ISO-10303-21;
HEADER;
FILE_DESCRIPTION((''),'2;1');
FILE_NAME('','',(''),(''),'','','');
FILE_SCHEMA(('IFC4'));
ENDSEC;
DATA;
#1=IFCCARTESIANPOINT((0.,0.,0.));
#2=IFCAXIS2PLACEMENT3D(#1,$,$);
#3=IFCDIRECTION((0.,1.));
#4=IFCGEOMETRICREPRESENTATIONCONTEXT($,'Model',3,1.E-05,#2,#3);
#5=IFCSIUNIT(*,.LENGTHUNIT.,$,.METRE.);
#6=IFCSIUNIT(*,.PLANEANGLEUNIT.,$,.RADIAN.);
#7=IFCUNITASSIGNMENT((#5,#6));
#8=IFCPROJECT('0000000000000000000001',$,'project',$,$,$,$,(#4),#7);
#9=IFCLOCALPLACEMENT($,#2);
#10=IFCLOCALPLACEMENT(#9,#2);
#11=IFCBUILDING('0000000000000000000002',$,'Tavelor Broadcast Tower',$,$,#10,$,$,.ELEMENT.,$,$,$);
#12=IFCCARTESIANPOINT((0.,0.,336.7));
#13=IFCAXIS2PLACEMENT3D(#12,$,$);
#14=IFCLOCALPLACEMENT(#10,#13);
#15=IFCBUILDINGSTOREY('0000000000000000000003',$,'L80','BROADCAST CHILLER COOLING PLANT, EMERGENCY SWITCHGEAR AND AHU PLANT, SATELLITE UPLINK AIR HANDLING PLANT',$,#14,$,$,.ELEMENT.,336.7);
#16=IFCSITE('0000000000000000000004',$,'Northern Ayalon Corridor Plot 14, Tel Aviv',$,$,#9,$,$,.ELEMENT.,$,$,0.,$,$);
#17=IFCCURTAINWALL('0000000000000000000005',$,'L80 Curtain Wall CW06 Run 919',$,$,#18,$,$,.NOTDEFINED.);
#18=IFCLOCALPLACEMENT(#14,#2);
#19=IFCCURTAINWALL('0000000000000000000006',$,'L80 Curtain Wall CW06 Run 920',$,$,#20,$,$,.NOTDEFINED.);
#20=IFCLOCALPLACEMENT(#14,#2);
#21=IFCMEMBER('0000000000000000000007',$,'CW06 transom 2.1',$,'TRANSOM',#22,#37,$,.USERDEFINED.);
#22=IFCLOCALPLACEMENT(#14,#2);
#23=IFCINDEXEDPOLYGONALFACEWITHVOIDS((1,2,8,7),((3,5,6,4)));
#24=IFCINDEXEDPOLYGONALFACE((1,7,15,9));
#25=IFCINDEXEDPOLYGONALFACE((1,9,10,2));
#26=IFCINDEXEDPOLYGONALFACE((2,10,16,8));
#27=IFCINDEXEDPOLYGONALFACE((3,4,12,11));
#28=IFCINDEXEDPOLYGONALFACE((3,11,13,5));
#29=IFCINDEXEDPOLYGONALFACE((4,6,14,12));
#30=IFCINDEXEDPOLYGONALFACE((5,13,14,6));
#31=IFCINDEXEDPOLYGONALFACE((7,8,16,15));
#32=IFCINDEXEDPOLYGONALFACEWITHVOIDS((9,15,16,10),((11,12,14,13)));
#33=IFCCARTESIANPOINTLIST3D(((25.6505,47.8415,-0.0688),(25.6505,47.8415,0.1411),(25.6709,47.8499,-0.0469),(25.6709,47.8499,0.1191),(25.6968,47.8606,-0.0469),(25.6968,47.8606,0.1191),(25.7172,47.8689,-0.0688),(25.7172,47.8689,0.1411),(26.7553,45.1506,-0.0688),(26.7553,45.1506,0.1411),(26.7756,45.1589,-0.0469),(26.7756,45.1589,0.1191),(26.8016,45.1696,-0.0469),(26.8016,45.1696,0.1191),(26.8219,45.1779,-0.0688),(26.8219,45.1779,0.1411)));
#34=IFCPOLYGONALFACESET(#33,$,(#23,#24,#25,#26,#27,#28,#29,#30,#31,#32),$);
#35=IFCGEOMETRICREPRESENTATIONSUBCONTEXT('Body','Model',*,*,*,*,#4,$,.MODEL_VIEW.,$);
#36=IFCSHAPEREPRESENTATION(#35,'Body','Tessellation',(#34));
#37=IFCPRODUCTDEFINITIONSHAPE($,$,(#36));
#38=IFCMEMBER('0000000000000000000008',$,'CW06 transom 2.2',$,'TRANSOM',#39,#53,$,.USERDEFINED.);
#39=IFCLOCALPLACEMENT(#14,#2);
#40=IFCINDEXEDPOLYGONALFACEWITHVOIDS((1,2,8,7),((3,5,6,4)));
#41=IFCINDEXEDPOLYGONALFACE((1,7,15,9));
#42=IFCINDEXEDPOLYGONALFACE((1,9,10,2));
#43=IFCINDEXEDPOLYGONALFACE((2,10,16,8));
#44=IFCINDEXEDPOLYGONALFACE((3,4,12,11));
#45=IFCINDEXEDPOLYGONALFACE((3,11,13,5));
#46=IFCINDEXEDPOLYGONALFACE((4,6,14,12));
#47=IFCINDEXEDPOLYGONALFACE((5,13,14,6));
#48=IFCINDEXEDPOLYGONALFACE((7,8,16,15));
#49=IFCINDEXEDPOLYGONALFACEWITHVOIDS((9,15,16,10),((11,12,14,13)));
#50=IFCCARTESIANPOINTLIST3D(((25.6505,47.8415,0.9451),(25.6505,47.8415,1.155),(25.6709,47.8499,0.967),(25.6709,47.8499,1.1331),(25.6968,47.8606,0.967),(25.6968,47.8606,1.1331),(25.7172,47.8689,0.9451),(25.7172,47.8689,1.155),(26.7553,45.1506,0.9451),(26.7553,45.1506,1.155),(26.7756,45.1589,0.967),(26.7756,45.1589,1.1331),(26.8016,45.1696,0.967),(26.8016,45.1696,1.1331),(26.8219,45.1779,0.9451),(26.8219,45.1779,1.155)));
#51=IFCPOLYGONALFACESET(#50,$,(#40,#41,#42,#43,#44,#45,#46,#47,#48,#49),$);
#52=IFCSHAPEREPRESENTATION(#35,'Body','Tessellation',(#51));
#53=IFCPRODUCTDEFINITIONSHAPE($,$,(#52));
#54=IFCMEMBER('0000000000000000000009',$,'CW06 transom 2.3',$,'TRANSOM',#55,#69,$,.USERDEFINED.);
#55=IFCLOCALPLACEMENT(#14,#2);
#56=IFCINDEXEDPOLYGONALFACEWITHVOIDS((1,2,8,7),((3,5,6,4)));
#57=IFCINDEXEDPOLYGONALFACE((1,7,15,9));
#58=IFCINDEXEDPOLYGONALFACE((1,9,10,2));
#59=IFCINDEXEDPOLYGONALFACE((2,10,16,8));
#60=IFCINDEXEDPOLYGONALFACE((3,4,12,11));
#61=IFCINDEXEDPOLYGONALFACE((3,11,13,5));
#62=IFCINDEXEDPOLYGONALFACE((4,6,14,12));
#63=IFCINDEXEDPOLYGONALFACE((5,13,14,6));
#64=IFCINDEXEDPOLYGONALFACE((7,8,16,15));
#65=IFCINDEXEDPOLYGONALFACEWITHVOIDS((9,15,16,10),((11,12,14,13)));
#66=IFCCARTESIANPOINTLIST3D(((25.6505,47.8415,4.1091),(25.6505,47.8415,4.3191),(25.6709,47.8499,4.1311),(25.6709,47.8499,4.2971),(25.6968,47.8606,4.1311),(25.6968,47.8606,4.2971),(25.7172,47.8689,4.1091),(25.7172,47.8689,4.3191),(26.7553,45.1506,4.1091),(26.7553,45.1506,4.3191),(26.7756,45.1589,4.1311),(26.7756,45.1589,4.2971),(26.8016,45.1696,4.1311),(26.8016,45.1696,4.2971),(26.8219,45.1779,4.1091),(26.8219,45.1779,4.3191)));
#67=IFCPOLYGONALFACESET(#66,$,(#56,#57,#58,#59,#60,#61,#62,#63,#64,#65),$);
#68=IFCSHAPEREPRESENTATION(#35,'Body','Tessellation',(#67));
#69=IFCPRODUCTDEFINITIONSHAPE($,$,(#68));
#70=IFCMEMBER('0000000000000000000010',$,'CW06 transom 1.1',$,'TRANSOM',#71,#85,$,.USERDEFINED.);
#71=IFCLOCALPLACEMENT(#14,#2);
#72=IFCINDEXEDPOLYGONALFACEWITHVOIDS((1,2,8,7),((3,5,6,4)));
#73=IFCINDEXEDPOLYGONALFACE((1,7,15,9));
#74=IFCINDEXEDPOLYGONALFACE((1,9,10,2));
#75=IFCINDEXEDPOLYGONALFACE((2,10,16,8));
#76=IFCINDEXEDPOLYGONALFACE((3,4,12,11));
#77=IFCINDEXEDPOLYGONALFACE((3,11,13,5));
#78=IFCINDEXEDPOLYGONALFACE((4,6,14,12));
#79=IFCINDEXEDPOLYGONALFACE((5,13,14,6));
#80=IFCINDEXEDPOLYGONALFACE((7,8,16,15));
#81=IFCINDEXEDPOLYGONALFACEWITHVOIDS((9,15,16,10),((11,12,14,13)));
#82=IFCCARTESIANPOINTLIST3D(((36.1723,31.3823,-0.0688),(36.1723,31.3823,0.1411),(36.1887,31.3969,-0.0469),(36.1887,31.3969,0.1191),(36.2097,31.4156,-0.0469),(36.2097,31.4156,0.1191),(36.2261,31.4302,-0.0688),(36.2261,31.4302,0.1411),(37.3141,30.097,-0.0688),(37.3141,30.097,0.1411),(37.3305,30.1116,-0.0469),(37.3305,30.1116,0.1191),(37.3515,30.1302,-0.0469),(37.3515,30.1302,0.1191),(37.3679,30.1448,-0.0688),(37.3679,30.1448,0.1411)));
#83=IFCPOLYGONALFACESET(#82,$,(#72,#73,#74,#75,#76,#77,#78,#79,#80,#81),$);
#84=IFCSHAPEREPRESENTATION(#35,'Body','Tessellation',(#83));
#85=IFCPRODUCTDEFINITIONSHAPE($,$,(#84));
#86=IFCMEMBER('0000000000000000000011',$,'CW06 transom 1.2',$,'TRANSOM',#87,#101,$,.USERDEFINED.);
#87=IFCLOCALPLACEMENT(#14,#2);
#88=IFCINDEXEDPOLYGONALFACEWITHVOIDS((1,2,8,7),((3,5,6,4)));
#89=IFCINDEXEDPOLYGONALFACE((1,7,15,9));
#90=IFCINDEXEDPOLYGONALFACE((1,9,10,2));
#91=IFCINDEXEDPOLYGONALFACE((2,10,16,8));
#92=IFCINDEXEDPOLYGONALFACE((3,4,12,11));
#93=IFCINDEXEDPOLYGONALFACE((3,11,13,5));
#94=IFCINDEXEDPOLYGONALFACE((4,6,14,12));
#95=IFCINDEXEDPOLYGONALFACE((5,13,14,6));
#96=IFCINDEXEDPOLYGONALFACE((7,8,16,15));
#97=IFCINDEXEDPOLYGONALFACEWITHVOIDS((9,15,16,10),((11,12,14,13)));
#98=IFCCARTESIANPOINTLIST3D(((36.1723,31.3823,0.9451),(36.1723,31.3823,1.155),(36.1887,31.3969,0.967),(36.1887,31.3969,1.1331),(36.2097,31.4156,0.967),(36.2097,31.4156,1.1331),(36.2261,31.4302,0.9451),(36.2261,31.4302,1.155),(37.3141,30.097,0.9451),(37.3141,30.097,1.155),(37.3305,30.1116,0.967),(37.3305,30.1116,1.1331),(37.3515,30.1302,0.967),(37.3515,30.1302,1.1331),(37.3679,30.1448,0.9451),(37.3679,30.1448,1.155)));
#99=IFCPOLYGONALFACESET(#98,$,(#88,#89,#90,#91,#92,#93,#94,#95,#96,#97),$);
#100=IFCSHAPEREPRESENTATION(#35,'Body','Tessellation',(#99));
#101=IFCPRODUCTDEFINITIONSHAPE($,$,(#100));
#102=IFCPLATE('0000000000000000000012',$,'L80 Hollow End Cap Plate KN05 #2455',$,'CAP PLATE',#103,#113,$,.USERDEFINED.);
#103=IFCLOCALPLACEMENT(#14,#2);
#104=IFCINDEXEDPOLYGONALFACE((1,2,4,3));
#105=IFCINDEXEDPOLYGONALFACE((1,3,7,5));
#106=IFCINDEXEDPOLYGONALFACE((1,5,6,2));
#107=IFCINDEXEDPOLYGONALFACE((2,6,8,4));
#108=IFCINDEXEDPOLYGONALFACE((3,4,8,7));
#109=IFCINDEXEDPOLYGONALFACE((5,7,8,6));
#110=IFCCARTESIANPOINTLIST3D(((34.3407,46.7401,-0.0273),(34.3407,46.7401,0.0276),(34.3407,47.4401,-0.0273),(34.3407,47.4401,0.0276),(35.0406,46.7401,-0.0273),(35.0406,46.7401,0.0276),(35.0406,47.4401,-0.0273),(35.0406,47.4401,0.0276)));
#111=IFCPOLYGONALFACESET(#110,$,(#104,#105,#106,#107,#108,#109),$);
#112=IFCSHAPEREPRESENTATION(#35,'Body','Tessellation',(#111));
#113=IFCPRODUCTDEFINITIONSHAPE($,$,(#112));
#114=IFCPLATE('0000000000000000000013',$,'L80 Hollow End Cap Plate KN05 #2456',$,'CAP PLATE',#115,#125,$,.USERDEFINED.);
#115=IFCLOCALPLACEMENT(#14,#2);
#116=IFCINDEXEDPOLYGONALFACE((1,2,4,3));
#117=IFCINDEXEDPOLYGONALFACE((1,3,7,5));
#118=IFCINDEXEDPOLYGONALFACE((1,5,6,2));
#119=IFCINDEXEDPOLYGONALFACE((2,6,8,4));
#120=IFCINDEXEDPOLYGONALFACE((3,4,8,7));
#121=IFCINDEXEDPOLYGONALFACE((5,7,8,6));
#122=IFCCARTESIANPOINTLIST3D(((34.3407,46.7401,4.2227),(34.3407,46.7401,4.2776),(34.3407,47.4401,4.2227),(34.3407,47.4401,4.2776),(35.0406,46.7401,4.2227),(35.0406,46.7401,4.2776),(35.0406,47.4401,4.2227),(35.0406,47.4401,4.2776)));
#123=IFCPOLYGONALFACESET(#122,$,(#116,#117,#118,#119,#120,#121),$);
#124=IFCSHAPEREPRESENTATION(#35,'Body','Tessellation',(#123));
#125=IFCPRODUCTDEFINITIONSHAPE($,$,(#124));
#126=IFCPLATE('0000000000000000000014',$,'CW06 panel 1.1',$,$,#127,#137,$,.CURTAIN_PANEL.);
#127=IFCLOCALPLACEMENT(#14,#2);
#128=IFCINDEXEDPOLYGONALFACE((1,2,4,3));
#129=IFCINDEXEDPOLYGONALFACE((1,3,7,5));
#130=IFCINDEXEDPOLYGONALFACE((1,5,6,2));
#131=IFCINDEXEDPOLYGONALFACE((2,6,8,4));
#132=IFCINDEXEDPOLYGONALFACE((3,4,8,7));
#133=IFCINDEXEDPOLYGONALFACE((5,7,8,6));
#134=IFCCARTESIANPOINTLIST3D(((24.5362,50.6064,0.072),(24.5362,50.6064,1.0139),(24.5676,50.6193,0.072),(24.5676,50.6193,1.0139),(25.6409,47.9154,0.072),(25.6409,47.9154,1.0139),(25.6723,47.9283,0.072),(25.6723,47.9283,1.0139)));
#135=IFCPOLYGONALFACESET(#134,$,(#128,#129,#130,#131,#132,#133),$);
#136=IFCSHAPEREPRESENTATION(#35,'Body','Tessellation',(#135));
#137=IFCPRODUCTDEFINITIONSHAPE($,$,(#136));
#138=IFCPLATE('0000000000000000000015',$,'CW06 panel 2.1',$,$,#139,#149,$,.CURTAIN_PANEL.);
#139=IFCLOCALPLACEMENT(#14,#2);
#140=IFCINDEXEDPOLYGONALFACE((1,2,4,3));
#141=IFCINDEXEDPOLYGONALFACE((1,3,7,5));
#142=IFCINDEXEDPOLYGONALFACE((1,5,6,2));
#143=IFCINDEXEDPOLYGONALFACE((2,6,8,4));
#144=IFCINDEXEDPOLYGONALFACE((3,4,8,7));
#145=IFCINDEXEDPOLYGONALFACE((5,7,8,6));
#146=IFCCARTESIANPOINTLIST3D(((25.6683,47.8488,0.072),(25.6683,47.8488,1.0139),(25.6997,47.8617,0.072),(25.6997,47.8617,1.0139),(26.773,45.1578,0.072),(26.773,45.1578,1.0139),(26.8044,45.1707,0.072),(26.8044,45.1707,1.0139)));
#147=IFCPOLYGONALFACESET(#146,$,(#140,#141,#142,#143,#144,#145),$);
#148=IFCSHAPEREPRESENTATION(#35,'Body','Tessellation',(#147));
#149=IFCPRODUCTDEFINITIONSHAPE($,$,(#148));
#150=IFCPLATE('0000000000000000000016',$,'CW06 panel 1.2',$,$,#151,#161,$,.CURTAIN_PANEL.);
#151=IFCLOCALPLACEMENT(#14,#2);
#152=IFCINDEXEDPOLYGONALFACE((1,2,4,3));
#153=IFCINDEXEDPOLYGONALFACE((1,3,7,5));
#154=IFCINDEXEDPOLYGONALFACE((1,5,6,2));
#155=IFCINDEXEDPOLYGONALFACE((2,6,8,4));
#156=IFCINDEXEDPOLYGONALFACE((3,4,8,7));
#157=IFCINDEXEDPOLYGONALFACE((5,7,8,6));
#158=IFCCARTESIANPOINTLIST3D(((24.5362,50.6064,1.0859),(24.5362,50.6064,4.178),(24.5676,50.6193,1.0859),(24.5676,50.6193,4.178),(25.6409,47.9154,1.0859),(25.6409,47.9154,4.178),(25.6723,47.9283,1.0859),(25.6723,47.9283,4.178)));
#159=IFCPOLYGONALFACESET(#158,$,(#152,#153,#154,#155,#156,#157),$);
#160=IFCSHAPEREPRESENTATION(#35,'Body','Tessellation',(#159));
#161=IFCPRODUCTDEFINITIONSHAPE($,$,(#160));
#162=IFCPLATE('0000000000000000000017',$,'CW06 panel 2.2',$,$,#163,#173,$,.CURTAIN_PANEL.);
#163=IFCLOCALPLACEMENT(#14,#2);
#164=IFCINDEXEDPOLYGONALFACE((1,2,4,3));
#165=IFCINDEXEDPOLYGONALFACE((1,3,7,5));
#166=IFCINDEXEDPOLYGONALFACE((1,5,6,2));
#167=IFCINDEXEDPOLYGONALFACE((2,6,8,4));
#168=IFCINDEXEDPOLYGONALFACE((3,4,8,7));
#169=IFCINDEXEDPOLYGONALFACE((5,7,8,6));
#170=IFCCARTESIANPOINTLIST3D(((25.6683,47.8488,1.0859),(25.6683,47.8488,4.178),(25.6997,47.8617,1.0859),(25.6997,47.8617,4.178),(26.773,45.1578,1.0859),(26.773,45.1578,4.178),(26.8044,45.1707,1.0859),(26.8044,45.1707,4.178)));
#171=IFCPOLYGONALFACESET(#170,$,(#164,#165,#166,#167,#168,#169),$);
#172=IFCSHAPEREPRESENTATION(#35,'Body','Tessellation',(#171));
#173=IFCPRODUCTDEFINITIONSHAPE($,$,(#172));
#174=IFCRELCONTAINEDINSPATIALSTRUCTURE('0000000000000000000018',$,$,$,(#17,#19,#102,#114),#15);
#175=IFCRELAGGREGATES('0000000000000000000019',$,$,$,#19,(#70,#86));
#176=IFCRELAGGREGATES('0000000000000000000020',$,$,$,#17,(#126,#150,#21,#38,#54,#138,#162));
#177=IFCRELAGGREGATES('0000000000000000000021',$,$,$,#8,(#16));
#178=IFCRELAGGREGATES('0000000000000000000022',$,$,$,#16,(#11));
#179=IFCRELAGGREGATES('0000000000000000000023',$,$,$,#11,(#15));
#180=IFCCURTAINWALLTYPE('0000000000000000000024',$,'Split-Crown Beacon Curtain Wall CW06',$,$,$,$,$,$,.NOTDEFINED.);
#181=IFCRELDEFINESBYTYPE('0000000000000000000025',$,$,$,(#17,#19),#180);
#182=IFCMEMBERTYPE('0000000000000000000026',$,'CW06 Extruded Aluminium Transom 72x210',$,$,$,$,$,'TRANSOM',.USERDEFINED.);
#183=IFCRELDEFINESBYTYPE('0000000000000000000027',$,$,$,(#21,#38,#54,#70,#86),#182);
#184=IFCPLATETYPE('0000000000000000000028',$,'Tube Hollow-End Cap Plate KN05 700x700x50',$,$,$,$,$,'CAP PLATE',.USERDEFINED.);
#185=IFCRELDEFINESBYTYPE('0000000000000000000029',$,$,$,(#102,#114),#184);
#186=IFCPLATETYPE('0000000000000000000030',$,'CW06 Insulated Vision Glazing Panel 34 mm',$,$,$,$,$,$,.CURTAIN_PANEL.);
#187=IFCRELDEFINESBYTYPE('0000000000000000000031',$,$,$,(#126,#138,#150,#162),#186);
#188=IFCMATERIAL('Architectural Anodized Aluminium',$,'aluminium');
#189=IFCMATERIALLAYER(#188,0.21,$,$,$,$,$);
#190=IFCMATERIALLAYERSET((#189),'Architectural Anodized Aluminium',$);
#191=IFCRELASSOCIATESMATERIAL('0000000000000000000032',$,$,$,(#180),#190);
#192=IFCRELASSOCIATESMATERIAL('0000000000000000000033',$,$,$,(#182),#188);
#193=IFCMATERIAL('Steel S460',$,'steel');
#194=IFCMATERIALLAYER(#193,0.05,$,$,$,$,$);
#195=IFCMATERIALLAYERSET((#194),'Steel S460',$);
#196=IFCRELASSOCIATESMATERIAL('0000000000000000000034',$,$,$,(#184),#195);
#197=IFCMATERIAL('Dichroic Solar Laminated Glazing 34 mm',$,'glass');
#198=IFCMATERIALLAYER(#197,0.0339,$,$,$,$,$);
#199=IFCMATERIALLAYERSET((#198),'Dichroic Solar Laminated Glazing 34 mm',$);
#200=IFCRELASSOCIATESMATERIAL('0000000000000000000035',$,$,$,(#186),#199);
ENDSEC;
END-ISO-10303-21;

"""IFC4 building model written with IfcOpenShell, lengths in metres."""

from ifc_helpers import new_model, si_unit, direction, frame, origin, origin_2d, place, context, subcontext, project, spatial, rectangle, hollow_rectangle, extrude, source, transform, mapped, material, layer, layer_set, material_profile, profile_set, type_object, type_shapes, element, aggregate, save


model = new_model("IFC4")

# Units and contexts
model_context = context("Model", 3, precision=1e-05, world=origin(), true_north=direction((0.0, 1.0)))
body_context = subcontext(model_context, "Body", "Model", "MODEL_VIEW")
ifc_project = project(units=[si_unit("LENGTHUNIT", "METRE"), si_unit("PLANEANGLEUNIT", "RADIAN")], contexts=[model_context])

# Site, building, storey
site_placement = place(None, origin())
site = spatial("IfcSite", under=ifc_project, at=site_placement, Name="Northern Ayalon Corridor Plot 14, Tel Aviv", CompositionType="ELEMENT", RefElevation=0.0)
building_placement = place(site_placement, origin())
building = spatial("IfcBuilding", under=site, at=building_placement, Name="Tavelor Broadcast Tower", CompositionType="ELEMENT")
storey_placement = place(building_placement, frame((0.0, 0.0, 336.7)))
storey = spatial("IfcBuildingStorey", under=building, at=storey_placement, Name="L80", Description="BROADCAST CHILLER COOLING PLANT, EMERGENCY SWITCHGEAR AND AHU PLANT, SATELLITE UPLINK AIR HANDLING PLANT", CompositionType="ELEMENT", Elevation=336.7)

# Shared definitions
ifc_material_1 = material(Name="Architectural Anodized Aluminium", Category="aluminium")
ifc_layer_1 = layer(ifc_material_1, 0.21)
ifc_layer_set_1 = layer_set([ifc_layer_1], Name="Architectural Anodized Aluminium")
curtain_wall_type = type_object("IfcCurtainWallType", Name="Split-Crown Beacon Curtain Wall CW06", PredefinedType="NOTDEFINED", material=ifc_layer_set_1)

# Curtain wall
curtain_wall_1_placement = place(storey_placement, origin())
curtain_wall_1 = element("IfcCurtainWall", 1, at=curtain_wall_1_placement, inside=storey, type_object=curtain_wall_type, Name="L80 Curtain Wall CW06 Run 919", PredefinedType="NOTDEFINED")

# Curtain wall
curtain_wall_2_placement = place(storey_placement, origin())
curtain_wall_2 = element("IfcCurtainWall", 2, at=curtain_wall_2_placement, inside=storey, type_object=curtain_wall_type, Name="L80 Curtain Wall CW06 Run 920", PredefinedType="NOTDEFINED")

# Members
ifc_material_profile_1 = material_profile(ifc_material_1, hollow_rectangle(XDim=0.072, YDim=0.21, WallThickness=0.022, at=origin_2d()), Name="RHS 72x210x22")
ifc_profile_set_1 = profile_set([ifc_material_profile_1], Name="Architectural Anodized Aluminium")
member_type_1 = type_object("IfcMemberType", Name="CW06 Extruded Aluminium Transom 72x210", ElementType="TRANSOM", PredefinedType="USERDEFINED", material=ifc_profile_set_1)
shared_shape_1 = source(origin(), body_context, "Body", "SweptSolid", [
    extrude(hollow_rectangle(XDim=0.072, YDim=0.21, WallThickness=0.022, at=origin_2d()), origin(), (0.0, 0.0, 1.0), 2.9089),
])
member_1_placement = place(storey_placement, frame((25.6838, 47.8552, 0.0361), z_axis=(0.379783, -0.925076, 0.0), x_axis=(0.925076, 0.379783, 0.0)))
member_1 = element("IfcMember", 3, at=member_1_placement, type_object=member_type_1, Name="CW06 transom 2.1", ObjectType="TRANSOM", PredefinedType="USERDEFINED", context=body_context, shape_type="MappedRepresentation", body=[
    mapped(shared_shape_1, transform((0.0, 0.0, 0.0), scale=1.0)),
])
member_2_placement = place(storey_placement, frame((25.6838, 47.8552, 1.05), z_axis=(0.379783, -0.925076, 0.0), x_axis=(0.925076, 0.379783, 0.0)))
member_2 = element("IfcMember", 4, at=member_2_placement, type_object=member_type_1, Name="CW06 transom 2.2", ObjectType="TRANSOM", PredefinedType="USERDEFINED", context=body_context, shape_type="MappedRepresentation", body=[
    mapped(shared_shape_1, transform((0.0, 0.0, 0.0), scale=1.0)),
])
member_3_placement = place(storey_placement, frame((25.6838, 47.8552, 4.2141), z_axis=(0.379783, -0.925076, 0.0), x_axis=(0.925076, 0.379783, 0.0)))
member_3 = element("IfcMember", 5, at=member_3_placement, type_object=member_type_1, Name="CW06 transom 2.3", ObjectType="TRANSOM", PredefinedType="USERDEFINED", context=body_context, shape_type="MappedRepresentation", body=[
    mapped(shared_shape_1, transform((0.0, 0.0, 0.0), scale=1.0)),
])
shared_shape_2 = source(origin(), body_context, "Body", "SweptSolid", [
    extrude(hollow_rectangle(XDim=0.072, YDim=0.21, WallThickness=0.022, at=origin_2d()), origin(), (0.0, 0.0, 1.0), 1.7192),
])
type_shapes(member_type_1, [shared_shape_1, shared_shape_2])
member_4_placement = place(storey_placement, frame((36.1992, 31.4062, 0.0361), z_axis=(0.664126, -0.747621, 0.0), x_axis=(0.747621, 0.664126, 0.0)))
member_4 = element("IfcMember", 6, at=member_4_placement, type_object=member_type_1, Name="CW06 transom 1.1", ObjectType="TRANSOM", PredefinedType="USERDEFINED", context=body_context, shape_type="MappedRepresentation", body=[
    mapped(shared_shape_2, transform((0.0, 0.0, 0.0), scale=1.0)),
])
member_5_placement = place(storey_placement, frame((36.1992, 31.4062, 1.05), z_axis=(0.664126, -0.747621, 0.0), x_axis=(0.747621, 0.664126, 0.0)))
member_5 = element("IfcMember", 7, at=member_5_placement, type_object=member_type_1, Name="CW06 transom 1.2", ObjectType="TRANSOM", PredefinedType="USERDEFINED", context=body_context, shape_type="MappedRepresentation", body=[
    mapped(shared_shape_2, transform((0.0, 0.0, 0.0), scale=1.0)),
])
aggregate(curtain_wall_2, [member_4, member_5])

# Plates
ifc_material_2 = material(Name="Steel S460", Category="steel")
ifc_layer_2 = layer(ifc_material_2, 0.05)
ifc_layer_set_2 = layer_set([ifc_layer_2], Name="Steel S460")
plate_type_1 = type_object("IfcPlateType", Name="Tube Hollow-End Cap Plate KN05 700x700x50", ElementType="CAP PLATE", PredefinedType="USERDEFINED", material=ifc_layer_set_2)
shared_shape_3 = source(origin(), body_context, "Body", "SweptSolid", [
    extrude(rectangle(XDim=0.7, YDim=0.7, at=origin_2d()), origin(), (0.0, 0.0, 1.0), 0.0549),
])
type_shapes(plate_type_1, [shared_shape_3])
for number, where, z_axis, x_axis, name in (
    (8, (34.6907, 47.0901, -0.0273), (0.0, 0.0, 1.0), (1.0, 0.0, 0.0), "L80 Hollow End Cap Plate KN05 #2455"),
    (9, (34.6907, 47.0901, 4.2227), (0.0, 0.0, 1.0), (1.0, 0.0, 0.0), "L80 Hollow End Cap Plate KN05 #2456"),
):
    element("IfcPlate", number, at=place(storey_placement, frame(where, z_axis=z_axis, x_axis=x_axis)), inside=storey, type_object=plate_type_1, Name=name, ObjectType="CAP PLATE", PredefinedType="USERDEFINED", context=body_context, shape_type="MappedRepresentation", body=[
        mapped(shared_shape_3, transform((0.0, 0.0, 0.0), scale=1.0)),
    ])

# Plates
ifc_material_3 = material(Name="Dichroic Solar Laminated Glazing 34 mm", Category="glass")
ifc_layer_3 = layer(ifc_material_3, 0.0339)
ifc_layer_set_3 = layer_set([ifc_layer_3], Name="Dichroic Solar Laminated Glazing 34 mm")
plate_type_2 = type_object("IfcPlateType", Name="CW06 Insulated Vision Glazing Panel 34 mm", PredefinedType="CURTAIN_PANEL", material=ifc_layer_set_3)
shared_shape_4 = source(origin(), body_context, "Body", "SweptSolid", [
    extrude(rectangle(XDim=2.9089, YDim=0.0339, at=origin_2d()), origin(), (0.0, 0.0, 1.0), 0.9419),
])
plate_1_placement = place(storey_placement, frame((25.1042, 49.2673, 0.072), z_axis=(0.0, 0.0, 1.0), x_axis=(0.379768, -0.925082, 0.0)))
plate_1 = element("IfcPlate", 10, at=plate_1_placement, type_object=plate_type_2, Name="CW06 panel 1.1", PredefinedType="CURTAIN_PANEL", context=body_context, shape_type="MappedRepresentation", body=[
    mapped(shared_shape_4, transform((0.0, 0.0, 0.0), scale=1.0)),
])
plate_2_placement = place(storey_placement, frame((26.2363, 46.5098, 0.072), z_axis=(0.0, 0.0, 1.0), x_axis=(0.379768, -0.925082, 0.0)))
plate_2 = element("IfcPlate", 11, at=plate_2_placement, type_object=plate_type_2, Name="CW06 panel 2.1", PredefinedType="CURTAIN_PANEL", context=body_context, shape_type="MappedRepresentation", body=[
    mapped(shared_shape_4, transform((0.0, 0.0, 0.0), scale=1.0)),
])
shared_shape_5 = source(origin(), body_context, "Body", "SweptSolid", [
    extrude(rectangle(XDim=2.9089, YDim=0.0339, at=origin_2d()), origin(), (0.0, 0.0, 1.0), 3.092),
])
type_shapes(plate_type_2, [shared_shape_4, shared_shape_5])
plate_3_placement = place(storey_placement, frame((25.1042, 49.2673, 1.0859), z_axis=(0.0, 0.0, 1.0), x_axis=(0.379768, -0.925082, 0.0)))
plate_3 = element("IfcPlate", 12, at=plate_3_placement, type_object=plate_type_2, Name="CW06 panel 1.2", PredefinedType="CURTAIN_PANEL", context=body_context, shape_type="MappedRepresentation", body=[
    mapped(shared_shape_5, transform((0.0, 0.0, 0.0), scale=1.0)),
])
plate_4_placement = place(storey_placement, frame((26.2363, 46.5098, 1.0859), z_axis=(0.0, 0.0, 1.0), x_axis=(0.379768, -0.925082, 0.0)))
plate_4 = element("IfcPlate", 13, at=plate_4_placement, type_object=plate_type_2, Name="CW06 panel 2.2", PredefinedType="CURTAIN_PANEL", context=body_context, shape_type="MappedRepresentation", body=[
    mapped(shared_shape_5, transform((0.0, 0.0, 0.0), scale=1.0)),
])
aggregate(curtain_wall_1, [plate_1, plate_3, member_1, member_2, member_3, plate_2, plate_4])

save(model, "model.ifc")
